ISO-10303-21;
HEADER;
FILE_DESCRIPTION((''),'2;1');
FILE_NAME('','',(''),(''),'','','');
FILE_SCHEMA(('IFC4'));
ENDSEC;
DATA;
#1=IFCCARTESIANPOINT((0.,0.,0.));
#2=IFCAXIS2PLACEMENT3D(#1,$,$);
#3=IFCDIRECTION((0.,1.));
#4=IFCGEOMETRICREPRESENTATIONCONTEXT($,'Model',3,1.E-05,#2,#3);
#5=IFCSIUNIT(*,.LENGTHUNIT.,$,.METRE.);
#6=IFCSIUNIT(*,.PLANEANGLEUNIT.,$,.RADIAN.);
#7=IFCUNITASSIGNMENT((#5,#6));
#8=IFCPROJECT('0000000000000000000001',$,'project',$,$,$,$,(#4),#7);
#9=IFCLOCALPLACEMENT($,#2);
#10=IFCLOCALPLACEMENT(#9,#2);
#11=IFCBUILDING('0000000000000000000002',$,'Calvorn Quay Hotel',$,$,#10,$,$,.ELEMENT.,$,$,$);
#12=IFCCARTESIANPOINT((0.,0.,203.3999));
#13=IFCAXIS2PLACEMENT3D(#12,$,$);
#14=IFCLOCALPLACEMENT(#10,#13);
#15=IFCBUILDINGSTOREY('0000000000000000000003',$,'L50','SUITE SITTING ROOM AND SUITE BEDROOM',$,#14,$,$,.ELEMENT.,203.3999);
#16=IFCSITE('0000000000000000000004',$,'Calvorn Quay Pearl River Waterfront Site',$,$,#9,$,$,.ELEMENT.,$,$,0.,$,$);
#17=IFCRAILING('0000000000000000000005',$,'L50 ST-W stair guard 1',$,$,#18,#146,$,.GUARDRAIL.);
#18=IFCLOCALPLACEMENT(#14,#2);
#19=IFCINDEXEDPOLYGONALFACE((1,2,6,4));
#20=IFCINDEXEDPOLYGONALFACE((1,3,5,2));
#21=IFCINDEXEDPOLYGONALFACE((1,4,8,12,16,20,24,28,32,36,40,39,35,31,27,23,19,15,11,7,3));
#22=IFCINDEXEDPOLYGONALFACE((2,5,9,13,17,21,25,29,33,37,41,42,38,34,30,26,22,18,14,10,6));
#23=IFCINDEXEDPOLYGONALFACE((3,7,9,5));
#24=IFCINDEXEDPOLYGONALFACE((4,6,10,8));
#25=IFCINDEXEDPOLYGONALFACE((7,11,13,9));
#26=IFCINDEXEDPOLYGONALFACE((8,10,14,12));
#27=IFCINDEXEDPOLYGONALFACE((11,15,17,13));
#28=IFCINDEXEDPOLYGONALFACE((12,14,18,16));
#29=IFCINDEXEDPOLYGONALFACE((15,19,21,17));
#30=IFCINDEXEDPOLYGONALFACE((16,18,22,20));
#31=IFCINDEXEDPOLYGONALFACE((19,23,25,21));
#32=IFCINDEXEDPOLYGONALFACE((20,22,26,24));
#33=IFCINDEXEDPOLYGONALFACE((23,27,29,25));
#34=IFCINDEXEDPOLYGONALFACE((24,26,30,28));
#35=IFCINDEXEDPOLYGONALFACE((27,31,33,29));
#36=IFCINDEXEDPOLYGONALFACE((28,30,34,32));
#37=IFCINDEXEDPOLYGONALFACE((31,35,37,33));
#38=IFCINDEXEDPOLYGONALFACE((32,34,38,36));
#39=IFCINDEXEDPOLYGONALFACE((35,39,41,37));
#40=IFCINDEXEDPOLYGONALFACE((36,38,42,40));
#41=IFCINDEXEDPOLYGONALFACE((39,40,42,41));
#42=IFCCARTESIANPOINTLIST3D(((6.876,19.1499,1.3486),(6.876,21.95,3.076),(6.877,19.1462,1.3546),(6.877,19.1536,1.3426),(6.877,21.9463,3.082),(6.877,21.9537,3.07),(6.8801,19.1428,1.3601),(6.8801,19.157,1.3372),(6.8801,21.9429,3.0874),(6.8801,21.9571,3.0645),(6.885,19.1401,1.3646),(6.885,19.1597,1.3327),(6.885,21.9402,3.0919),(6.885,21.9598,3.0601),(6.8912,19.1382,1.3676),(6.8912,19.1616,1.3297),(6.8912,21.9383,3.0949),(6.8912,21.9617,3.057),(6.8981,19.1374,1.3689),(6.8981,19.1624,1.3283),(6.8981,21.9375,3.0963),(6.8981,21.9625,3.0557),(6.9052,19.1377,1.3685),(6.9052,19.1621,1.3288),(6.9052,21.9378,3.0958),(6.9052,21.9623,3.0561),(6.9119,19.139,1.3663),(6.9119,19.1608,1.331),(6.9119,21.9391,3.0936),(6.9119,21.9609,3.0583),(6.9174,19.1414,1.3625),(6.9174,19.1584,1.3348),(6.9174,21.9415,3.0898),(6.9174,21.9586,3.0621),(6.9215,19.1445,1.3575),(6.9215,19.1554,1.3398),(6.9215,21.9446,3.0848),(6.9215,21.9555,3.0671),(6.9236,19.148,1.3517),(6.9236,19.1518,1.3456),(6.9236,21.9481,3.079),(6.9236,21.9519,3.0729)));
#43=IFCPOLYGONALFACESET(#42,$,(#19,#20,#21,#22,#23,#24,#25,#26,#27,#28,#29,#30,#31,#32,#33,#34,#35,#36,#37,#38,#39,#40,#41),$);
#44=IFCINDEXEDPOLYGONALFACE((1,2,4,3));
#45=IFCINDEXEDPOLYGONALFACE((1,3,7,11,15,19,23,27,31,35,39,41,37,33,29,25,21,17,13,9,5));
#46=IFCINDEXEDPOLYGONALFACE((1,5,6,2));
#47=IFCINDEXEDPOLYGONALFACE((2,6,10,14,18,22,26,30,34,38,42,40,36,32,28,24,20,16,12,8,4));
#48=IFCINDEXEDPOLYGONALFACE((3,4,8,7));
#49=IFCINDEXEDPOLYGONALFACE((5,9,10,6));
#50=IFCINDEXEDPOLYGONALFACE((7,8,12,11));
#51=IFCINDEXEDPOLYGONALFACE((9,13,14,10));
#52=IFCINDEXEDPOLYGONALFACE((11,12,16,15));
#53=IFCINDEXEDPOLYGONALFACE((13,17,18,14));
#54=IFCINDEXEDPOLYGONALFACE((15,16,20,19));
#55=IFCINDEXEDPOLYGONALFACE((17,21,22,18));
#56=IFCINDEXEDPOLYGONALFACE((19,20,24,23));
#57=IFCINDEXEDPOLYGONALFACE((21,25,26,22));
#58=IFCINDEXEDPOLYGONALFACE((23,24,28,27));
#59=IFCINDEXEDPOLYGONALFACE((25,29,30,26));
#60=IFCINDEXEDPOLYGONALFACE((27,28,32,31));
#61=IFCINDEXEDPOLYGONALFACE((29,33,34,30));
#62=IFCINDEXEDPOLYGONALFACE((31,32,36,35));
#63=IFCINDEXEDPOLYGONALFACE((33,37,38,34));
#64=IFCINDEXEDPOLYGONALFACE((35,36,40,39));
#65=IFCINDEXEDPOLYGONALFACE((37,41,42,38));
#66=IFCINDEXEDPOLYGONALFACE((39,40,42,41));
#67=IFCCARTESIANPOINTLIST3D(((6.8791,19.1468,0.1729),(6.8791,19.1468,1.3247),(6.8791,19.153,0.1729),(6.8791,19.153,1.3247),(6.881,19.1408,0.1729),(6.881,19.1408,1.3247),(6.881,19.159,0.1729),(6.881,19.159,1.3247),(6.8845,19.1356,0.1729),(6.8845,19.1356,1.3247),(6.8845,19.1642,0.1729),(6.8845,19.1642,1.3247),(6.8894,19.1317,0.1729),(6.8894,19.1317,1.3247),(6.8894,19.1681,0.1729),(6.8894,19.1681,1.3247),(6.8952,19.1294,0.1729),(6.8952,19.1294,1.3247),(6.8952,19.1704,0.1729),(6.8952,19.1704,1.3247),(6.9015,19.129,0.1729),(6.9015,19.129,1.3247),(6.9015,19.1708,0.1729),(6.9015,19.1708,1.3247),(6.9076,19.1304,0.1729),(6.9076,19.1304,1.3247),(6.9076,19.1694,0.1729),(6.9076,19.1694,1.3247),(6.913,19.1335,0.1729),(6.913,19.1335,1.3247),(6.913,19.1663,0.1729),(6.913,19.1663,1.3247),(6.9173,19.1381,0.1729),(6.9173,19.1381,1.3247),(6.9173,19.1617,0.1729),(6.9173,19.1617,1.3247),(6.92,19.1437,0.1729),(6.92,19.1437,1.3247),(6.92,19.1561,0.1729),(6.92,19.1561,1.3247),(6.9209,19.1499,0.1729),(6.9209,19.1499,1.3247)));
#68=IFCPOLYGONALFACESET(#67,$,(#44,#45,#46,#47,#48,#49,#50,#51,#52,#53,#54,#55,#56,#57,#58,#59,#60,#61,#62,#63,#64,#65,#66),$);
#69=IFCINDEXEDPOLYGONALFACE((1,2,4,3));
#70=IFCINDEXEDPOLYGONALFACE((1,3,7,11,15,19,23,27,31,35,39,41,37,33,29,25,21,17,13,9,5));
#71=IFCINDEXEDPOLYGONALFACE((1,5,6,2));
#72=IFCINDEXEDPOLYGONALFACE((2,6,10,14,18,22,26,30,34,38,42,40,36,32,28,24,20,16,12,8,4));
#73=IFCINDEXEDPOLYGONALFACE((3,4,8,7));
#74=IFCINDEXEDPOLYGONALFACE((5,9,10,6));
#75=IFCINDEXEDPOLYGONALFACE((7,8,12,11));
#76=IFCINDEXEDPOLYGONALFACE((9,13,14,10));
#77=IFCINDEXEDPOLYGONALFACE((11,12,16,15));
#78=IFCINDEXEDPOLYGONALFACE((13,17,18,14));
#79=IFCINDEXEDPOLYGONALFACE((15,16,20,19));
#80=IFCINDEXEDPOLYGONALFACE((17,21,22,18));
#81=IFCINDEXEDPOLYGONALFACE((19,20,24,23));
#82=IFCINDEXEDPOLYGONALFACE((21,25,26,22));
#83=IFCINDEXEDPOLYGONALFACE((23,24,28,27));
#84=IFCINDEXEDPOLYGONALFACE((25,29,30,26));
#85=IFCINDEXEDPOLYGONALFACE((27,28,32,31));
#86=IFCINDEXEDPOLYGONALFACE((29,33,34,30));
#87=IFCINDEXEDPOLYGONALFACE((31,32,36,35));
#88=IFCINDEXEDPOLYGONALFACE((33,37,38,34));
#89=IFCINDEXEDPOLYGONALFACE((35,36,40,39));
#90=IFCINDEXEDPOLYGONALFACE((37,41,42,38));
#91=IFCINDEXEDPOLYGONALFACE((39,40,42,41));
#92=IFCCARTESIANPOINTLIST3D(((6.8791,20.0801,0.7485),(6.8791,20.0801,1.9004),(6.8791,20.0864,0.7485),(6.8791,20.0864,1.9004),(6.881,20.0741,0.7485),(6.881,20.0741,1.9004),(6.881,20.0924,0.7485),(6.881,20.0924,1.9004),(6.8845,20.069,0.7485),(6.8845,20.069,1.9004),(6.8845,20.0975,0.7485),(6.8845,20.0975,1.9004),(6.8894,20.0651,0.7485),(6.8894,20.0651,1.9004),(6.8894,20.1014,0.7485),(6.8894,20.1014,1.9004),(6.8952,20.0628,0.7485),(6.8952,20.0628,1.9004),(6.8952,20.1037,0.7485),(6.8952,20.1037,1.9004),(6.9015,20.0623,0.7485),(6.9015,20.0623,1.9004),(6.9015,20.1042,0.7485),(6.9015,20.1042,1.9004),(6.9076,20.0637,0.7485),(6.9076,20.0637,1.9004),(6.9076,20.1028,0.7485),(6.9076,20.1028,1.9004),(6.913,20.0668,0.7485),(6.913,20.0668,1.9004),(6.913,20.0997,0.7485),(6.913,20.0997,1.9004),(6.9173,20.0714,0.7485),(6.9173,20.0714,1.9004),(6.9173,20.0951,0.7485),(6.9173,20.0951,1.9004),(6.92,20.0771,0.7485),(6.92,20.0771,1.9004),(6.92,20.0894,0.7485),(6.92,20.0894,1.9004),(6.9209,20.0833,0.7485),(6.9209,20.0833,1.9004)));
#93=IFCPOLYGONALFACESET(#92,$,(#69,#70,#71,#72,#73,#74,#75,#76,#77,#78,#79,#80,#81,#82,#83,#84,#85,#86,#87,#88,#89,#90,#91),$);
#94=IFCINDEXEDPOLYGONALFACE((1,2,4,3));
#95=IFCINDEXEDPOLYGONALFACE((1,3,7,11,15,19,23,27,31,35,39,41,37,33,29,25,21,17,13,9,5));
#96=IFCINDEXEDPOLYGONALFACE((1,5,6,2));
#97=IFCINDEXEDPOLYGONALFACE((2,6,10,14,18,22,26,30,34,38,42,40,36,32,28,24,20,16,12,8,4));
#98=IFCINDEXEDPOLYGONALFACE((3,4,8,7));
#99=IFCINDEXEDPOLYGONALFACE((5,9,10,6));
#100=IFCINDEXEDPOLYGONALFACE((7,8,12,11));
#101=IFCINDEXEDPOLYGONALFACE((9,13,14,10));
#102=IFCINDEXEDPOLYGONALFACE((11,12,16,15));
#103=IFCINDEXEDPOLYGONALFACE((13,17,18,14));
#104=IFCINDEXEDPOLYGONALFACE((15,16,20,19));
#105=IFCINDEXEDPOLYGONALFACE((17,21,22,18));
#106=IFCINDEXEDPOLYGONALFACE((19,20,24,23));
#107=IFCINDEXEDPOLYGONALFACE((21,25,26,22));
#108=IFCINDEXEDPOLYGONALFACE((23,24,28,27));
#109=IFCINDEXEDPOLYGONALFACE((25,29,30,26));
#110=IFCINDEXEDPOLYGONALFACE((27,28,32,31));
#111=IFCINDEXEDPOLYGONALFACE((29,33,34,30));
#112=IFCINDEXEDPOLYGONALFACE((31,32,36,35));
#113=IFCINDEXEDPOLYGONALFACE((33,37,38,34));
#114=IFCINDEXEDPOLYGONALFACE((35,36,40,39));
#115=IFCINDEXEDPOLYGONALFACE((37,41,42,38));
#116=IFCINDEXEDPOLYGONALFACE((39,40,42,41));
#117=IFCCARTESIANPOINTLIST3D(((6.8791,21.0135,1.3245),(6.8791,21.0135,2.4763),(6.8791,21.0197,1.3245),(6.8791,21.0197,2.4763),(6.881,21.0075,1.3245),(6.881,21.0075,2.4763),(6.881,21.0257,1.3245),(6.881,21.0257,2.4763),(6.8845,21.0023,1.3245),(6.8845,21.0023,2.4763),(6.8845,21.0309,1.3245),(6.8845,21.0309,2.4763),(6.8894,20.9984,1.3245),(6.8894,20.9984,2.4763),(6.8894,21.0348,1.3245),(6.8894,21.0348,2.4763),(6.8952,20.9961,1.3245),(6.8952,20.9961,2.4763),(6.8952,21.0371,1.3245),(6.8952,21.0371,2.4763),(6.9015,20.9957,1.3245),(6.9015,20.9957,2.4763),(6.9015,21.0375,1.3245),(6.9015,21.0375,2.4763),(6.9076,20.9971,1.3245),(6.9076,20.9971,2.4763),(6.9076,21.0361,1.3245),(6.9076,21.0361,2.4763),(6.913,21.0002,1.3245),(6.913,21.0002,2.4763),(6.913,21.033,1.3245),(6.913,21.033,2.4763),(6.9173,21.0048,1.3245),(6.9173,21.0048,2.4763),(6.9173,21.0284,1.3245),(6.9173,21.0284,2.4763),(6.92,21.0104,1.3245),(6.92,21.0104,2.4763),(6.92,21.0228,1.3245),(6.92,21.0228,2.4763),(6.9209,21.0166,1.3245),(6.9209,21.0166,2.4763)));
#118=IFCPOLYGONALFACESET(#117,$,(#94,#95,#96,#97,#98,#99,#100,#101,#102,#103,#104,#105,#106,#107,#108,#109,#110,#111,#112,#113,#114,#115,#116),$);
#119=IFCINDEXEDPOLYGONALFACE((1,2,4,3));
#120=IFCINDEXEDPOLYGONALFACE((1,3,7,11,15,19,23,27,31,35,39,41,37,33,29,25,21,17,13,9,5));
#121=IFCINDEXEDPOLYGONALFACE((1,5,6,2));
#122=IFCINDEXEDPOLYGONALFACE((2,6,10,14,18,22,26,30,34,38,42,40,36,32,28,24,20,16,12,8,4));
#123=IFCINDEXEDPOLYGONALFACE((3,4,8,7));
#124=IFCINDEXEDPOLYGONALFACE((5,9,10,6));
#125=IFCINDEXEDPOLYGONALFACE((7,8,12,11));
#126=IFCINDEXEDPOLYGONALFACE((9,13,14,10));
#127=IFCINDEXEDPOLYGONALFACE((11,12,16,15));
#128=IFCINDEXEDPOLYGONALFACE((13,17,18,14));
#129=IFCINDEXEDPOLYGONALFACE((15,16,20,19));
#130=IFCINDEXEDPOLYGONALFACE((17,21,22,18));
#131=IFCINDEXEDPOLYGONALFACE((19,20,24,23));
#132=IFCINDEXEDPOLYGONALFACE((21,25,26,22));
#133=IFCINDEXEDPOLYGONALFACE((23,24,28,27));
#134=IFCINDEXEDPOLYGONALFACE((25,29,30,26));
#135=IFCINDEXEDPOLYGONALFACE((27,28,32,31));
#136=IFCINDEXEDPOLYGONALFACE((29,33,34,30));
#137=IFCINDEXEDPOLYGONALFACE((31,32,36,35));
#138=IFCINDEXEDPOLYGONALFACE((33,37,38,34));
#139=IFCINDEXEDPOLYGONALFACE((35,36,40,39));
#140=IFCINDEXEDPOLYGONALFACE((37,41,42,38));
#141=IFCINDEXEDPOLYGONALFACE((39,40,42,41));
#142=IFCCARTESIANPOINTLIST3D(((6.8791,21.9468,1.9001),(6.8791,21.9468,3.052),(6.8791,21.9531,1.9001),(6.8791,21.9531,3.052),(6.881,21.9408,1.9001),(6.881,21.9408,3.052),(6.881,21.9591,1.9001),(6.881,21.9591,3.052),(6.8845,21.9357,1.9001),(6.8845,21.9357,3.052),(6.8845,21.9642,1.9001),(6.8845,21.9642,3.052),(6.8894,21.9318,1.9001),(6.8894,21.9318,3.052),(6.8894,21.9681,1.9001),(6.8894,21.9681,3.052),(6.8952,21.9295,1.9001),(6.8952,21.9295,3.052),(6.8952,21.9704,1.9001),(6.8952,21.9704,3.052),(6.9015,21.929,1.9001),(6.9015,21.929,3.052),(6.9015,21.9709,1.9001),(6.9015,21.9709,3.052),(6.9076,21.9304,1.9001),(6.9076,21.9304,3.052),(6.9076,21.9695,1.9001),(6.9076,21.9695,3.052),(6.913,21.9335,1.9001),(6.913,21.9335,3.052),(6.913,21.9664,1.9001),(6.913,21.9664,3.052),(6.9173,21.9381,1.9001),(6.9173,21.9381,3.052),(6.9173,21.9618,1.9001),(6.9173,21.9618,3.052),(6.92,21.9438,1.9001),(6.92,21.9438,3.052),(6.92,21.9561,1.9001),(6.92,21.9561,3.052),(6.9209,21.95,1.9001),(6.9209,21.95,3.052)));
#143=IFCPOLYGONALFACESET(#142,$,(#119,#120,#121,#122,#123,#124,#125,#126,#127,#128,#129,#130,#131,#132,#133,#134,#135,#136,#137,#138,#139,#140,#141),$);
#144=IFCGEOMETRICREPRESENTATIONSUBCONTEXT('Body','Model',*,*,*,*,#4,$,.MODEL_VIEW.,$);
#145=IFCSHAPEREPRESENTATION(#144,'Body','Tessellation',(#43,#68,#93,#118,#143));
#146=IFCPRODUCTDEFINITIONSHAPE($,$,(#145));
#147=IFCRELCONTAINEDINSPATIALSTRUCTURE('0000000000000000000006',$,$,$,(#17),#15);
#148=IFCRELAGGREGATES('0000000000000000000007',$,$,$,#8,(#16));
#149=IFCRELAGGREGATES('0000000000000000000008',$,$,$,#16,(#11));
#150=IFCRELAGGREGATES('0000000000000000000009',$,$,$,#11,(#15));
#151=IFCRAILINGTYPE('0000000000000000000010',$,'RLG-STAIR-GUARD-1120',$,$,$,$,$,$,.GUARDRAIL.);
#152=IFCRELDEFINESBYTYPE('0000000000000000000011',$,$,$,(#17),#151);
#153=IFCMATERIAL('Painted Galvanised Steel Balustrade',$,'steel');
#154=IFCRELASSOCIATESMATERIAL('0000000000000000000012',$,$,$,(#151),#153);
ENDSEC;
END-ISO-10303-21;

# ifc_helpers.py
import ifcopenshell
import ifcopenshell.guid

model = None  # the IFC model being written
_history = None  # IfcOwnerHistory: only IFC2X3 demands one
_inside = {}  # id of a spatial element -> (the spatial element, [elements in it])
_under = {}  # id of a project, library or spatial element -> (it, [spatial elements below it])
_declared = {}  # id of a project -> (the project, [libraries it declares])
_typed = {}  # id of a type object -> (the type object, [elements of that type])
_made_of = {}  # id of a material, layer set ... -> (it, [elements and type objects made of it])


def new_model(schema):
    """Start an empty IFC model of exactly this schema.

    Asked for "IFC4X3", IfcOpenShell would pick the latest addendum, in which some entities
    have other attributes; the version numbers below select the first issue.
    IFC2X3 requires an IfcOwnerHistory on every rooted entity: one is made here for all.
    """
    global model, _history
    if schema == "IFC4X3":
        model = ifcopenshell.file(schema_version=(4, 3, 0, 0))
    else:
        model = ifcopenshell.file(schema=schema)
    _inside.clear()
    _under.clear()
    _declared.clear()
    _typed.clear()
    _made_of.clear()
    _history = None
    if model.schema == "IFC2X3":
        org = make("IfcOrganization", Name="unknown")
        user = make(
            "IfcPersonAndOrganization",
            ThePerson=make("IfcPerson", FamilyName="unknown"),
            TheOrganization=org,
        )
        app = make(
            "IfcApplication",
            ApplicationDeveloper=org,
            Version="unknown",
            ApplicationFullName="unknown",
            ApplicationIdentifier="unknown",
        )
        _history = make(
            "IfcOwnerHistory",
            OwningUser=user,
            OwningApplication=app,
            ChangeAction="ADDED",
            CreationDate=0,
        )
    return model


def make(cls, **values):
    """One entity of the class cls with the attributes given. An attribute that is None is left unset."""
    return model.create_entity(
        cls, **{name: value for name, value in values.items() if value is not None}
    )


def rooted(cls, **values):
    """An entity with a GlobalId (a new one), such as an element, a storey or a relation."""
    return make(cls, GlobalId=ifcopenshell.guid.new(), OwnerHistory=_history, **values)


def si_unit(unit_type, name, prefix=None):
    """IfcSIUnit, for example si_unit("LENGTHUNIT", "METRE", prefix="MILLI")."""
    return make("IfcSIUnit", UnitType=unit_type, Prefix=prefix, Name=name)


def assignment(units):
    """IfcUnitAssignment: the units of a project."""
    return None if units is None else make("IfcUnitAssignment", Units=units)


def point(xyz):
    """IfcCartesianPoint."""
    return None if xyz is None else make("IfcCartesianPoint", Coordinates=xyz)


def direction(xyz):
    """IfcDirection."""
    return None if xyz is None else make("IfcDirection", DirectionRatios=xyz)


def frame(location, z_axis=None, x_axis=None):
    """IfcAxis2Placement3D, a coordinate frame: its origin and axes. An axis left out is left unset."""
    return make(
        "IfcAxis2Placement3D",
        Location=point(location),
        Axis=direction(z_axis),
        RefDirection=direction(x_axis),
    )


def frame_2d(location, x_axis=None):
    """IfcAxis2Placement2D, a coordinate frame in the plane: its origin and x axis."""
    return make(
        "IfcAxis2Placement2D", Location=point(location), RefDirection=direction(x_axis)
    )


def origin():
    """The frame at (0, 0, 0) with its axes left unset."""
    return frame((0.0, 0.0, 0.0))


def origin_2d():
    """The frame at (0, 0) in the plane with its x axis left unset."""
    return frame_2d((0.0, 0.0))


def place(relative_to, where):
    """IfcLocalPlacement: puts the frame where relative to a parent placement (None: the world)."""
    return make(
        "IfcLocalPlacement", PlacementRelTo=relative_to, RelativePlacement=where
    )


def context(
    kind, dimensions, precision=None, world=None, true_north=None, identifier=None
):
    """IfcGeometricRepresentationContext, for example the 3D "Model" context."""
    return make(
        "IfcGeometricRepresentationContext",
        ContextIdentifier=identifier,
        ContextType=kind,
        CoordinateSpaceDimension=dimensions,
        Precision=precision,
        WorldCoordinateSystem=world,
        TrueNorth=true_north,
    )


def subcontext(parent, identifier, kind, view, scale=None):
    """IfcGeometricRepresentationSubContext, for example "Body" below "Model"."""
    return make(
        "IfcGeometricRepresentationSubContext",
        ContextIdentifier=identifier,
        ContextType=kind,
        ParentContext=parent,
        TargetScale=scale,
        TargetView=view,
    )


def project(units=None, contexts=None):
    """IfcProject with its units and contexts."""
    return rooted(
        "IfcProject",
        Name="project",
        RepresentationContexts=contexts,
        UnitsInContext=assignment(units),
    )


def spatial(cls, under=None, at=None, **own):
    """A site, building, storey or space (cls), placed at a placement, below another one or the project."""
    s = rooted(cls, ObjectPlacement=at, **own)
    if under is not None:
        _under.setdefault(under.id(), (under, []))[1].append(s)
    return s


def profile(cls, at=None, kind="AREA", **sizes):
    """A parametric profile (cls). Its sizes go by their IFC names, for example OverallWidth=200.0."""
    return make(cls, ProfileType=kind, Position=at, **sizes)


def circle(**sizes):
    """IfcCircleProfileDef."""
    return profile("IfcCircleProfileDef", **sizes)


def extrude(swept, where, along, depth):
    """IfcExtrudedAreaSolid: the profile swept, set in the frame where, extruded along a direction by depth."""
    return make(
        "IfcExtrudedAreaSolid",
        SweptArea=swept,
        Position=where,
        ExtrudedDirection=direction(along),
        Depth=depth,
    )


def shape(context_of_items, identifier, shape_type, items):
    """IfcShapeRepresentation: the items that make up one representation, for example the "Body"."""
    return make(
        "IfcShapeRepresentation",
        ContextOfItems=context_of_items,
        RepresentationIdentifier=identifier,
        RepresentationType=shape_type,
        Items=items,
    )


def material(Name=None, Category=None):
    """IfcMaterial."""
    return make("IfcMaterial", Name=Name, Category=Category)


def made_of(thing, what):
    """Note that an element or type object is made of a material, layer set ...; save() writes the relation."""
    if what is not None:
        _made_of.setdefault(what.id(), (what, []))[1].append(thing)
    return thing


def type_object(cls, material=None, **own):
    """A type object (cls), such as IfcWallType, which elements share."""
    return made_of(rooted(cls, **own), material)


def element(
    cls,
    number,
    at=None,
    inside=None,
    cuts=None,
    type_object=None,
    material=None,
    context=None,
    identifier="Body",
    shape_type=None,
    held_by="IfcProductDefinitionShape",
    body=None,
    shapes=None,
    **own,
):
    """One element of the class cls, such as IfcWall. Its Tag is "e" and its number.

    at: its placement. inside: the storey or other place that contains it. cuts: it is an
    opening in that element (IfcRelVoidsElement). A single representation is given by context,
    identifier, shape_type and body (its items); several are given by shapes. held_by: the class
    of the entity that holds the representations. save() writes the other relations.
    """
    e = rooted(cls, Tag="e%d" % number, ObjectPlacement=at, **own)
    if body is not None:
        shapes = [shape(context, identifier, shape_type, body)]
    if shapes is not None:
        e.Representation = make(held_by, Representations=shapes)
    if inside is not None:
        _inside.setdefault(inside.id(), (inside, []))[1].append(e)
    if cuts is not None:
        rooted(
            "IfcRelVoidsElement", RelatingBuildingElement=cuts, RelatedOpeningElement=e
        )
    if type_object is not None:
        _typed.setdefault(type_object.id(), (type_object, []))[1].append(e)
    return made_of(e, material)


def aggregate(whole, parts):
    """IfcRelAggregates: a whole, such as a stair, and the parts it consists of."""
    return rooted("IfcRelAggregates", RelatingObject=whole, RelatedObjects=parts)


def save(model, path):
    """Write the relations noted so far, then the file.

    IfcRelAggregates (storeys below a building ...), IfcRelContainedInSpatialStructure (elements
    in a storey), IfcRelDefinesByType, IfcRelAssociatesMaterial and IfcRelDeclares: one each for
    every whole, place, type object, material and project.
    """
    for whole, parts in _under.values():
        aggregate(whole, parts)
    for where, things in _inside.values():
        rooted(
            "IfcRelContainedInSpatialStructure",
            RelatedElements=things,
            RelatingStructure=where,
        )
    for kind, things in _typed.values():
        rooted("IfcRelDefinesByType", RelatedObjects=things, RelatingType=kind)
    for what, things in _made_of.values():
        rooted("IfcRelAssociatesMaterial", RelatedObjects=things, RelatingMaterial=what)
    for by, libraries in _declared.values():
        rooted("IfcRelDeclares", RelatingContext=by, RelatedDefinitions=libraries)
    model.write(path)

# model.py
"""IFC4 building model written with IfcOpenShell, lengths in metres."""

from ifc_helpers import new_model, si_unit, direction, frame, origin, origin_2d, place, context, subcontext, project, spatial, circle, extrude, material, type_object, element, save


model = new_model("IFC4")

# Units and contexts
model_context = context("Model", 3, precision=1e-05, world=origin(), true_north=direction((0.0, 1.0)))
body_context = subcontext(model_context, "Body", "Model", "MODEL_VIEW")
ifc_project = project(units=[si_unit("LENGTHUNIT", "METRE"), si_unit("PLANEANGLEUNIT", "RADIAN")], contexts=[model_context])

# Site, building, storey
site_placement = place(None, origin())
site = spatial("IfcSite", under=ifc_project, at=site_placement, Name="Calvorn Quay Pearl River Waterfront Site", CompositionType="ELEMENT", RefElevation=0.0)
building_placement = place(site_placement, origin())
building = spatial("IfcBuilding", under=site, at=building_placement, Name="Calvorn Quay Hotel", CompositionType="ELEMENT")
storey_placement = place(building_placement, frame((0.0, 0.0, 203.3999)))
storey = spatial("IfcBuildingStorey", under=building, at=storey_placement, Name="L50", Description="SUITE SITTING ROOM AND SUITE BEDROOM", CompositionType="ELEMENT", Elevation=203.3999)

# Railing
ifc_material_1 = material(Name="Painted Galvanised Steel Balustrade", Category="steel")
railing_type_1 = type_object("IfcRailingType", Name="RLG-STAIR-GUARD-1120", PredefinedType="GUARDRAIL", material=ifc_material_1)
railing_1_placement = place(storey_placement, frame((6.8999, 19.1499, 0.1729)))
element("IfcRailing", 1, at=railing_1_placement, inside=storey, type_object=railing_type_1, Name="L50 ST-W stair guard 1", PredefinedType="GUARDRAIL", context=body_context, shape_type="SweptSolid", body=[
    extrude(circle(Radius=0.0239, at=origin_2d()), frame((0.0, 0.0, 1.1758), z_axis=(0.0, 0.85109, 0.52502), x_axis=(-1.0, 0.0, 0.0)), (0.0, 0.0, 1.0), 3.29),
    extrude(circle(Radius=0.021, at=origin_2d()), origin(), (0.0, 0.0, 1.0), 1.1519),
    extrude(circle(Radius=0.021, at=origin_2d()), frame((0.0, 0.9333, 0.5757)), (0.0, 0.0, 1.0), 1.1519),
    extrude(circle(Radius=0.021, at=origin_2d()), frame((0.0, 1.8667, 1.1516)), (0.0, 0.0, 1.0), 1.1519),
    extrude(circle(Radius=0.021, at=origin_2d()), frame((0.0, 2.8, 1.7273)), (0.0, 0.0, 1.0), 1.1519),
])

save(model, "model.ifc")
